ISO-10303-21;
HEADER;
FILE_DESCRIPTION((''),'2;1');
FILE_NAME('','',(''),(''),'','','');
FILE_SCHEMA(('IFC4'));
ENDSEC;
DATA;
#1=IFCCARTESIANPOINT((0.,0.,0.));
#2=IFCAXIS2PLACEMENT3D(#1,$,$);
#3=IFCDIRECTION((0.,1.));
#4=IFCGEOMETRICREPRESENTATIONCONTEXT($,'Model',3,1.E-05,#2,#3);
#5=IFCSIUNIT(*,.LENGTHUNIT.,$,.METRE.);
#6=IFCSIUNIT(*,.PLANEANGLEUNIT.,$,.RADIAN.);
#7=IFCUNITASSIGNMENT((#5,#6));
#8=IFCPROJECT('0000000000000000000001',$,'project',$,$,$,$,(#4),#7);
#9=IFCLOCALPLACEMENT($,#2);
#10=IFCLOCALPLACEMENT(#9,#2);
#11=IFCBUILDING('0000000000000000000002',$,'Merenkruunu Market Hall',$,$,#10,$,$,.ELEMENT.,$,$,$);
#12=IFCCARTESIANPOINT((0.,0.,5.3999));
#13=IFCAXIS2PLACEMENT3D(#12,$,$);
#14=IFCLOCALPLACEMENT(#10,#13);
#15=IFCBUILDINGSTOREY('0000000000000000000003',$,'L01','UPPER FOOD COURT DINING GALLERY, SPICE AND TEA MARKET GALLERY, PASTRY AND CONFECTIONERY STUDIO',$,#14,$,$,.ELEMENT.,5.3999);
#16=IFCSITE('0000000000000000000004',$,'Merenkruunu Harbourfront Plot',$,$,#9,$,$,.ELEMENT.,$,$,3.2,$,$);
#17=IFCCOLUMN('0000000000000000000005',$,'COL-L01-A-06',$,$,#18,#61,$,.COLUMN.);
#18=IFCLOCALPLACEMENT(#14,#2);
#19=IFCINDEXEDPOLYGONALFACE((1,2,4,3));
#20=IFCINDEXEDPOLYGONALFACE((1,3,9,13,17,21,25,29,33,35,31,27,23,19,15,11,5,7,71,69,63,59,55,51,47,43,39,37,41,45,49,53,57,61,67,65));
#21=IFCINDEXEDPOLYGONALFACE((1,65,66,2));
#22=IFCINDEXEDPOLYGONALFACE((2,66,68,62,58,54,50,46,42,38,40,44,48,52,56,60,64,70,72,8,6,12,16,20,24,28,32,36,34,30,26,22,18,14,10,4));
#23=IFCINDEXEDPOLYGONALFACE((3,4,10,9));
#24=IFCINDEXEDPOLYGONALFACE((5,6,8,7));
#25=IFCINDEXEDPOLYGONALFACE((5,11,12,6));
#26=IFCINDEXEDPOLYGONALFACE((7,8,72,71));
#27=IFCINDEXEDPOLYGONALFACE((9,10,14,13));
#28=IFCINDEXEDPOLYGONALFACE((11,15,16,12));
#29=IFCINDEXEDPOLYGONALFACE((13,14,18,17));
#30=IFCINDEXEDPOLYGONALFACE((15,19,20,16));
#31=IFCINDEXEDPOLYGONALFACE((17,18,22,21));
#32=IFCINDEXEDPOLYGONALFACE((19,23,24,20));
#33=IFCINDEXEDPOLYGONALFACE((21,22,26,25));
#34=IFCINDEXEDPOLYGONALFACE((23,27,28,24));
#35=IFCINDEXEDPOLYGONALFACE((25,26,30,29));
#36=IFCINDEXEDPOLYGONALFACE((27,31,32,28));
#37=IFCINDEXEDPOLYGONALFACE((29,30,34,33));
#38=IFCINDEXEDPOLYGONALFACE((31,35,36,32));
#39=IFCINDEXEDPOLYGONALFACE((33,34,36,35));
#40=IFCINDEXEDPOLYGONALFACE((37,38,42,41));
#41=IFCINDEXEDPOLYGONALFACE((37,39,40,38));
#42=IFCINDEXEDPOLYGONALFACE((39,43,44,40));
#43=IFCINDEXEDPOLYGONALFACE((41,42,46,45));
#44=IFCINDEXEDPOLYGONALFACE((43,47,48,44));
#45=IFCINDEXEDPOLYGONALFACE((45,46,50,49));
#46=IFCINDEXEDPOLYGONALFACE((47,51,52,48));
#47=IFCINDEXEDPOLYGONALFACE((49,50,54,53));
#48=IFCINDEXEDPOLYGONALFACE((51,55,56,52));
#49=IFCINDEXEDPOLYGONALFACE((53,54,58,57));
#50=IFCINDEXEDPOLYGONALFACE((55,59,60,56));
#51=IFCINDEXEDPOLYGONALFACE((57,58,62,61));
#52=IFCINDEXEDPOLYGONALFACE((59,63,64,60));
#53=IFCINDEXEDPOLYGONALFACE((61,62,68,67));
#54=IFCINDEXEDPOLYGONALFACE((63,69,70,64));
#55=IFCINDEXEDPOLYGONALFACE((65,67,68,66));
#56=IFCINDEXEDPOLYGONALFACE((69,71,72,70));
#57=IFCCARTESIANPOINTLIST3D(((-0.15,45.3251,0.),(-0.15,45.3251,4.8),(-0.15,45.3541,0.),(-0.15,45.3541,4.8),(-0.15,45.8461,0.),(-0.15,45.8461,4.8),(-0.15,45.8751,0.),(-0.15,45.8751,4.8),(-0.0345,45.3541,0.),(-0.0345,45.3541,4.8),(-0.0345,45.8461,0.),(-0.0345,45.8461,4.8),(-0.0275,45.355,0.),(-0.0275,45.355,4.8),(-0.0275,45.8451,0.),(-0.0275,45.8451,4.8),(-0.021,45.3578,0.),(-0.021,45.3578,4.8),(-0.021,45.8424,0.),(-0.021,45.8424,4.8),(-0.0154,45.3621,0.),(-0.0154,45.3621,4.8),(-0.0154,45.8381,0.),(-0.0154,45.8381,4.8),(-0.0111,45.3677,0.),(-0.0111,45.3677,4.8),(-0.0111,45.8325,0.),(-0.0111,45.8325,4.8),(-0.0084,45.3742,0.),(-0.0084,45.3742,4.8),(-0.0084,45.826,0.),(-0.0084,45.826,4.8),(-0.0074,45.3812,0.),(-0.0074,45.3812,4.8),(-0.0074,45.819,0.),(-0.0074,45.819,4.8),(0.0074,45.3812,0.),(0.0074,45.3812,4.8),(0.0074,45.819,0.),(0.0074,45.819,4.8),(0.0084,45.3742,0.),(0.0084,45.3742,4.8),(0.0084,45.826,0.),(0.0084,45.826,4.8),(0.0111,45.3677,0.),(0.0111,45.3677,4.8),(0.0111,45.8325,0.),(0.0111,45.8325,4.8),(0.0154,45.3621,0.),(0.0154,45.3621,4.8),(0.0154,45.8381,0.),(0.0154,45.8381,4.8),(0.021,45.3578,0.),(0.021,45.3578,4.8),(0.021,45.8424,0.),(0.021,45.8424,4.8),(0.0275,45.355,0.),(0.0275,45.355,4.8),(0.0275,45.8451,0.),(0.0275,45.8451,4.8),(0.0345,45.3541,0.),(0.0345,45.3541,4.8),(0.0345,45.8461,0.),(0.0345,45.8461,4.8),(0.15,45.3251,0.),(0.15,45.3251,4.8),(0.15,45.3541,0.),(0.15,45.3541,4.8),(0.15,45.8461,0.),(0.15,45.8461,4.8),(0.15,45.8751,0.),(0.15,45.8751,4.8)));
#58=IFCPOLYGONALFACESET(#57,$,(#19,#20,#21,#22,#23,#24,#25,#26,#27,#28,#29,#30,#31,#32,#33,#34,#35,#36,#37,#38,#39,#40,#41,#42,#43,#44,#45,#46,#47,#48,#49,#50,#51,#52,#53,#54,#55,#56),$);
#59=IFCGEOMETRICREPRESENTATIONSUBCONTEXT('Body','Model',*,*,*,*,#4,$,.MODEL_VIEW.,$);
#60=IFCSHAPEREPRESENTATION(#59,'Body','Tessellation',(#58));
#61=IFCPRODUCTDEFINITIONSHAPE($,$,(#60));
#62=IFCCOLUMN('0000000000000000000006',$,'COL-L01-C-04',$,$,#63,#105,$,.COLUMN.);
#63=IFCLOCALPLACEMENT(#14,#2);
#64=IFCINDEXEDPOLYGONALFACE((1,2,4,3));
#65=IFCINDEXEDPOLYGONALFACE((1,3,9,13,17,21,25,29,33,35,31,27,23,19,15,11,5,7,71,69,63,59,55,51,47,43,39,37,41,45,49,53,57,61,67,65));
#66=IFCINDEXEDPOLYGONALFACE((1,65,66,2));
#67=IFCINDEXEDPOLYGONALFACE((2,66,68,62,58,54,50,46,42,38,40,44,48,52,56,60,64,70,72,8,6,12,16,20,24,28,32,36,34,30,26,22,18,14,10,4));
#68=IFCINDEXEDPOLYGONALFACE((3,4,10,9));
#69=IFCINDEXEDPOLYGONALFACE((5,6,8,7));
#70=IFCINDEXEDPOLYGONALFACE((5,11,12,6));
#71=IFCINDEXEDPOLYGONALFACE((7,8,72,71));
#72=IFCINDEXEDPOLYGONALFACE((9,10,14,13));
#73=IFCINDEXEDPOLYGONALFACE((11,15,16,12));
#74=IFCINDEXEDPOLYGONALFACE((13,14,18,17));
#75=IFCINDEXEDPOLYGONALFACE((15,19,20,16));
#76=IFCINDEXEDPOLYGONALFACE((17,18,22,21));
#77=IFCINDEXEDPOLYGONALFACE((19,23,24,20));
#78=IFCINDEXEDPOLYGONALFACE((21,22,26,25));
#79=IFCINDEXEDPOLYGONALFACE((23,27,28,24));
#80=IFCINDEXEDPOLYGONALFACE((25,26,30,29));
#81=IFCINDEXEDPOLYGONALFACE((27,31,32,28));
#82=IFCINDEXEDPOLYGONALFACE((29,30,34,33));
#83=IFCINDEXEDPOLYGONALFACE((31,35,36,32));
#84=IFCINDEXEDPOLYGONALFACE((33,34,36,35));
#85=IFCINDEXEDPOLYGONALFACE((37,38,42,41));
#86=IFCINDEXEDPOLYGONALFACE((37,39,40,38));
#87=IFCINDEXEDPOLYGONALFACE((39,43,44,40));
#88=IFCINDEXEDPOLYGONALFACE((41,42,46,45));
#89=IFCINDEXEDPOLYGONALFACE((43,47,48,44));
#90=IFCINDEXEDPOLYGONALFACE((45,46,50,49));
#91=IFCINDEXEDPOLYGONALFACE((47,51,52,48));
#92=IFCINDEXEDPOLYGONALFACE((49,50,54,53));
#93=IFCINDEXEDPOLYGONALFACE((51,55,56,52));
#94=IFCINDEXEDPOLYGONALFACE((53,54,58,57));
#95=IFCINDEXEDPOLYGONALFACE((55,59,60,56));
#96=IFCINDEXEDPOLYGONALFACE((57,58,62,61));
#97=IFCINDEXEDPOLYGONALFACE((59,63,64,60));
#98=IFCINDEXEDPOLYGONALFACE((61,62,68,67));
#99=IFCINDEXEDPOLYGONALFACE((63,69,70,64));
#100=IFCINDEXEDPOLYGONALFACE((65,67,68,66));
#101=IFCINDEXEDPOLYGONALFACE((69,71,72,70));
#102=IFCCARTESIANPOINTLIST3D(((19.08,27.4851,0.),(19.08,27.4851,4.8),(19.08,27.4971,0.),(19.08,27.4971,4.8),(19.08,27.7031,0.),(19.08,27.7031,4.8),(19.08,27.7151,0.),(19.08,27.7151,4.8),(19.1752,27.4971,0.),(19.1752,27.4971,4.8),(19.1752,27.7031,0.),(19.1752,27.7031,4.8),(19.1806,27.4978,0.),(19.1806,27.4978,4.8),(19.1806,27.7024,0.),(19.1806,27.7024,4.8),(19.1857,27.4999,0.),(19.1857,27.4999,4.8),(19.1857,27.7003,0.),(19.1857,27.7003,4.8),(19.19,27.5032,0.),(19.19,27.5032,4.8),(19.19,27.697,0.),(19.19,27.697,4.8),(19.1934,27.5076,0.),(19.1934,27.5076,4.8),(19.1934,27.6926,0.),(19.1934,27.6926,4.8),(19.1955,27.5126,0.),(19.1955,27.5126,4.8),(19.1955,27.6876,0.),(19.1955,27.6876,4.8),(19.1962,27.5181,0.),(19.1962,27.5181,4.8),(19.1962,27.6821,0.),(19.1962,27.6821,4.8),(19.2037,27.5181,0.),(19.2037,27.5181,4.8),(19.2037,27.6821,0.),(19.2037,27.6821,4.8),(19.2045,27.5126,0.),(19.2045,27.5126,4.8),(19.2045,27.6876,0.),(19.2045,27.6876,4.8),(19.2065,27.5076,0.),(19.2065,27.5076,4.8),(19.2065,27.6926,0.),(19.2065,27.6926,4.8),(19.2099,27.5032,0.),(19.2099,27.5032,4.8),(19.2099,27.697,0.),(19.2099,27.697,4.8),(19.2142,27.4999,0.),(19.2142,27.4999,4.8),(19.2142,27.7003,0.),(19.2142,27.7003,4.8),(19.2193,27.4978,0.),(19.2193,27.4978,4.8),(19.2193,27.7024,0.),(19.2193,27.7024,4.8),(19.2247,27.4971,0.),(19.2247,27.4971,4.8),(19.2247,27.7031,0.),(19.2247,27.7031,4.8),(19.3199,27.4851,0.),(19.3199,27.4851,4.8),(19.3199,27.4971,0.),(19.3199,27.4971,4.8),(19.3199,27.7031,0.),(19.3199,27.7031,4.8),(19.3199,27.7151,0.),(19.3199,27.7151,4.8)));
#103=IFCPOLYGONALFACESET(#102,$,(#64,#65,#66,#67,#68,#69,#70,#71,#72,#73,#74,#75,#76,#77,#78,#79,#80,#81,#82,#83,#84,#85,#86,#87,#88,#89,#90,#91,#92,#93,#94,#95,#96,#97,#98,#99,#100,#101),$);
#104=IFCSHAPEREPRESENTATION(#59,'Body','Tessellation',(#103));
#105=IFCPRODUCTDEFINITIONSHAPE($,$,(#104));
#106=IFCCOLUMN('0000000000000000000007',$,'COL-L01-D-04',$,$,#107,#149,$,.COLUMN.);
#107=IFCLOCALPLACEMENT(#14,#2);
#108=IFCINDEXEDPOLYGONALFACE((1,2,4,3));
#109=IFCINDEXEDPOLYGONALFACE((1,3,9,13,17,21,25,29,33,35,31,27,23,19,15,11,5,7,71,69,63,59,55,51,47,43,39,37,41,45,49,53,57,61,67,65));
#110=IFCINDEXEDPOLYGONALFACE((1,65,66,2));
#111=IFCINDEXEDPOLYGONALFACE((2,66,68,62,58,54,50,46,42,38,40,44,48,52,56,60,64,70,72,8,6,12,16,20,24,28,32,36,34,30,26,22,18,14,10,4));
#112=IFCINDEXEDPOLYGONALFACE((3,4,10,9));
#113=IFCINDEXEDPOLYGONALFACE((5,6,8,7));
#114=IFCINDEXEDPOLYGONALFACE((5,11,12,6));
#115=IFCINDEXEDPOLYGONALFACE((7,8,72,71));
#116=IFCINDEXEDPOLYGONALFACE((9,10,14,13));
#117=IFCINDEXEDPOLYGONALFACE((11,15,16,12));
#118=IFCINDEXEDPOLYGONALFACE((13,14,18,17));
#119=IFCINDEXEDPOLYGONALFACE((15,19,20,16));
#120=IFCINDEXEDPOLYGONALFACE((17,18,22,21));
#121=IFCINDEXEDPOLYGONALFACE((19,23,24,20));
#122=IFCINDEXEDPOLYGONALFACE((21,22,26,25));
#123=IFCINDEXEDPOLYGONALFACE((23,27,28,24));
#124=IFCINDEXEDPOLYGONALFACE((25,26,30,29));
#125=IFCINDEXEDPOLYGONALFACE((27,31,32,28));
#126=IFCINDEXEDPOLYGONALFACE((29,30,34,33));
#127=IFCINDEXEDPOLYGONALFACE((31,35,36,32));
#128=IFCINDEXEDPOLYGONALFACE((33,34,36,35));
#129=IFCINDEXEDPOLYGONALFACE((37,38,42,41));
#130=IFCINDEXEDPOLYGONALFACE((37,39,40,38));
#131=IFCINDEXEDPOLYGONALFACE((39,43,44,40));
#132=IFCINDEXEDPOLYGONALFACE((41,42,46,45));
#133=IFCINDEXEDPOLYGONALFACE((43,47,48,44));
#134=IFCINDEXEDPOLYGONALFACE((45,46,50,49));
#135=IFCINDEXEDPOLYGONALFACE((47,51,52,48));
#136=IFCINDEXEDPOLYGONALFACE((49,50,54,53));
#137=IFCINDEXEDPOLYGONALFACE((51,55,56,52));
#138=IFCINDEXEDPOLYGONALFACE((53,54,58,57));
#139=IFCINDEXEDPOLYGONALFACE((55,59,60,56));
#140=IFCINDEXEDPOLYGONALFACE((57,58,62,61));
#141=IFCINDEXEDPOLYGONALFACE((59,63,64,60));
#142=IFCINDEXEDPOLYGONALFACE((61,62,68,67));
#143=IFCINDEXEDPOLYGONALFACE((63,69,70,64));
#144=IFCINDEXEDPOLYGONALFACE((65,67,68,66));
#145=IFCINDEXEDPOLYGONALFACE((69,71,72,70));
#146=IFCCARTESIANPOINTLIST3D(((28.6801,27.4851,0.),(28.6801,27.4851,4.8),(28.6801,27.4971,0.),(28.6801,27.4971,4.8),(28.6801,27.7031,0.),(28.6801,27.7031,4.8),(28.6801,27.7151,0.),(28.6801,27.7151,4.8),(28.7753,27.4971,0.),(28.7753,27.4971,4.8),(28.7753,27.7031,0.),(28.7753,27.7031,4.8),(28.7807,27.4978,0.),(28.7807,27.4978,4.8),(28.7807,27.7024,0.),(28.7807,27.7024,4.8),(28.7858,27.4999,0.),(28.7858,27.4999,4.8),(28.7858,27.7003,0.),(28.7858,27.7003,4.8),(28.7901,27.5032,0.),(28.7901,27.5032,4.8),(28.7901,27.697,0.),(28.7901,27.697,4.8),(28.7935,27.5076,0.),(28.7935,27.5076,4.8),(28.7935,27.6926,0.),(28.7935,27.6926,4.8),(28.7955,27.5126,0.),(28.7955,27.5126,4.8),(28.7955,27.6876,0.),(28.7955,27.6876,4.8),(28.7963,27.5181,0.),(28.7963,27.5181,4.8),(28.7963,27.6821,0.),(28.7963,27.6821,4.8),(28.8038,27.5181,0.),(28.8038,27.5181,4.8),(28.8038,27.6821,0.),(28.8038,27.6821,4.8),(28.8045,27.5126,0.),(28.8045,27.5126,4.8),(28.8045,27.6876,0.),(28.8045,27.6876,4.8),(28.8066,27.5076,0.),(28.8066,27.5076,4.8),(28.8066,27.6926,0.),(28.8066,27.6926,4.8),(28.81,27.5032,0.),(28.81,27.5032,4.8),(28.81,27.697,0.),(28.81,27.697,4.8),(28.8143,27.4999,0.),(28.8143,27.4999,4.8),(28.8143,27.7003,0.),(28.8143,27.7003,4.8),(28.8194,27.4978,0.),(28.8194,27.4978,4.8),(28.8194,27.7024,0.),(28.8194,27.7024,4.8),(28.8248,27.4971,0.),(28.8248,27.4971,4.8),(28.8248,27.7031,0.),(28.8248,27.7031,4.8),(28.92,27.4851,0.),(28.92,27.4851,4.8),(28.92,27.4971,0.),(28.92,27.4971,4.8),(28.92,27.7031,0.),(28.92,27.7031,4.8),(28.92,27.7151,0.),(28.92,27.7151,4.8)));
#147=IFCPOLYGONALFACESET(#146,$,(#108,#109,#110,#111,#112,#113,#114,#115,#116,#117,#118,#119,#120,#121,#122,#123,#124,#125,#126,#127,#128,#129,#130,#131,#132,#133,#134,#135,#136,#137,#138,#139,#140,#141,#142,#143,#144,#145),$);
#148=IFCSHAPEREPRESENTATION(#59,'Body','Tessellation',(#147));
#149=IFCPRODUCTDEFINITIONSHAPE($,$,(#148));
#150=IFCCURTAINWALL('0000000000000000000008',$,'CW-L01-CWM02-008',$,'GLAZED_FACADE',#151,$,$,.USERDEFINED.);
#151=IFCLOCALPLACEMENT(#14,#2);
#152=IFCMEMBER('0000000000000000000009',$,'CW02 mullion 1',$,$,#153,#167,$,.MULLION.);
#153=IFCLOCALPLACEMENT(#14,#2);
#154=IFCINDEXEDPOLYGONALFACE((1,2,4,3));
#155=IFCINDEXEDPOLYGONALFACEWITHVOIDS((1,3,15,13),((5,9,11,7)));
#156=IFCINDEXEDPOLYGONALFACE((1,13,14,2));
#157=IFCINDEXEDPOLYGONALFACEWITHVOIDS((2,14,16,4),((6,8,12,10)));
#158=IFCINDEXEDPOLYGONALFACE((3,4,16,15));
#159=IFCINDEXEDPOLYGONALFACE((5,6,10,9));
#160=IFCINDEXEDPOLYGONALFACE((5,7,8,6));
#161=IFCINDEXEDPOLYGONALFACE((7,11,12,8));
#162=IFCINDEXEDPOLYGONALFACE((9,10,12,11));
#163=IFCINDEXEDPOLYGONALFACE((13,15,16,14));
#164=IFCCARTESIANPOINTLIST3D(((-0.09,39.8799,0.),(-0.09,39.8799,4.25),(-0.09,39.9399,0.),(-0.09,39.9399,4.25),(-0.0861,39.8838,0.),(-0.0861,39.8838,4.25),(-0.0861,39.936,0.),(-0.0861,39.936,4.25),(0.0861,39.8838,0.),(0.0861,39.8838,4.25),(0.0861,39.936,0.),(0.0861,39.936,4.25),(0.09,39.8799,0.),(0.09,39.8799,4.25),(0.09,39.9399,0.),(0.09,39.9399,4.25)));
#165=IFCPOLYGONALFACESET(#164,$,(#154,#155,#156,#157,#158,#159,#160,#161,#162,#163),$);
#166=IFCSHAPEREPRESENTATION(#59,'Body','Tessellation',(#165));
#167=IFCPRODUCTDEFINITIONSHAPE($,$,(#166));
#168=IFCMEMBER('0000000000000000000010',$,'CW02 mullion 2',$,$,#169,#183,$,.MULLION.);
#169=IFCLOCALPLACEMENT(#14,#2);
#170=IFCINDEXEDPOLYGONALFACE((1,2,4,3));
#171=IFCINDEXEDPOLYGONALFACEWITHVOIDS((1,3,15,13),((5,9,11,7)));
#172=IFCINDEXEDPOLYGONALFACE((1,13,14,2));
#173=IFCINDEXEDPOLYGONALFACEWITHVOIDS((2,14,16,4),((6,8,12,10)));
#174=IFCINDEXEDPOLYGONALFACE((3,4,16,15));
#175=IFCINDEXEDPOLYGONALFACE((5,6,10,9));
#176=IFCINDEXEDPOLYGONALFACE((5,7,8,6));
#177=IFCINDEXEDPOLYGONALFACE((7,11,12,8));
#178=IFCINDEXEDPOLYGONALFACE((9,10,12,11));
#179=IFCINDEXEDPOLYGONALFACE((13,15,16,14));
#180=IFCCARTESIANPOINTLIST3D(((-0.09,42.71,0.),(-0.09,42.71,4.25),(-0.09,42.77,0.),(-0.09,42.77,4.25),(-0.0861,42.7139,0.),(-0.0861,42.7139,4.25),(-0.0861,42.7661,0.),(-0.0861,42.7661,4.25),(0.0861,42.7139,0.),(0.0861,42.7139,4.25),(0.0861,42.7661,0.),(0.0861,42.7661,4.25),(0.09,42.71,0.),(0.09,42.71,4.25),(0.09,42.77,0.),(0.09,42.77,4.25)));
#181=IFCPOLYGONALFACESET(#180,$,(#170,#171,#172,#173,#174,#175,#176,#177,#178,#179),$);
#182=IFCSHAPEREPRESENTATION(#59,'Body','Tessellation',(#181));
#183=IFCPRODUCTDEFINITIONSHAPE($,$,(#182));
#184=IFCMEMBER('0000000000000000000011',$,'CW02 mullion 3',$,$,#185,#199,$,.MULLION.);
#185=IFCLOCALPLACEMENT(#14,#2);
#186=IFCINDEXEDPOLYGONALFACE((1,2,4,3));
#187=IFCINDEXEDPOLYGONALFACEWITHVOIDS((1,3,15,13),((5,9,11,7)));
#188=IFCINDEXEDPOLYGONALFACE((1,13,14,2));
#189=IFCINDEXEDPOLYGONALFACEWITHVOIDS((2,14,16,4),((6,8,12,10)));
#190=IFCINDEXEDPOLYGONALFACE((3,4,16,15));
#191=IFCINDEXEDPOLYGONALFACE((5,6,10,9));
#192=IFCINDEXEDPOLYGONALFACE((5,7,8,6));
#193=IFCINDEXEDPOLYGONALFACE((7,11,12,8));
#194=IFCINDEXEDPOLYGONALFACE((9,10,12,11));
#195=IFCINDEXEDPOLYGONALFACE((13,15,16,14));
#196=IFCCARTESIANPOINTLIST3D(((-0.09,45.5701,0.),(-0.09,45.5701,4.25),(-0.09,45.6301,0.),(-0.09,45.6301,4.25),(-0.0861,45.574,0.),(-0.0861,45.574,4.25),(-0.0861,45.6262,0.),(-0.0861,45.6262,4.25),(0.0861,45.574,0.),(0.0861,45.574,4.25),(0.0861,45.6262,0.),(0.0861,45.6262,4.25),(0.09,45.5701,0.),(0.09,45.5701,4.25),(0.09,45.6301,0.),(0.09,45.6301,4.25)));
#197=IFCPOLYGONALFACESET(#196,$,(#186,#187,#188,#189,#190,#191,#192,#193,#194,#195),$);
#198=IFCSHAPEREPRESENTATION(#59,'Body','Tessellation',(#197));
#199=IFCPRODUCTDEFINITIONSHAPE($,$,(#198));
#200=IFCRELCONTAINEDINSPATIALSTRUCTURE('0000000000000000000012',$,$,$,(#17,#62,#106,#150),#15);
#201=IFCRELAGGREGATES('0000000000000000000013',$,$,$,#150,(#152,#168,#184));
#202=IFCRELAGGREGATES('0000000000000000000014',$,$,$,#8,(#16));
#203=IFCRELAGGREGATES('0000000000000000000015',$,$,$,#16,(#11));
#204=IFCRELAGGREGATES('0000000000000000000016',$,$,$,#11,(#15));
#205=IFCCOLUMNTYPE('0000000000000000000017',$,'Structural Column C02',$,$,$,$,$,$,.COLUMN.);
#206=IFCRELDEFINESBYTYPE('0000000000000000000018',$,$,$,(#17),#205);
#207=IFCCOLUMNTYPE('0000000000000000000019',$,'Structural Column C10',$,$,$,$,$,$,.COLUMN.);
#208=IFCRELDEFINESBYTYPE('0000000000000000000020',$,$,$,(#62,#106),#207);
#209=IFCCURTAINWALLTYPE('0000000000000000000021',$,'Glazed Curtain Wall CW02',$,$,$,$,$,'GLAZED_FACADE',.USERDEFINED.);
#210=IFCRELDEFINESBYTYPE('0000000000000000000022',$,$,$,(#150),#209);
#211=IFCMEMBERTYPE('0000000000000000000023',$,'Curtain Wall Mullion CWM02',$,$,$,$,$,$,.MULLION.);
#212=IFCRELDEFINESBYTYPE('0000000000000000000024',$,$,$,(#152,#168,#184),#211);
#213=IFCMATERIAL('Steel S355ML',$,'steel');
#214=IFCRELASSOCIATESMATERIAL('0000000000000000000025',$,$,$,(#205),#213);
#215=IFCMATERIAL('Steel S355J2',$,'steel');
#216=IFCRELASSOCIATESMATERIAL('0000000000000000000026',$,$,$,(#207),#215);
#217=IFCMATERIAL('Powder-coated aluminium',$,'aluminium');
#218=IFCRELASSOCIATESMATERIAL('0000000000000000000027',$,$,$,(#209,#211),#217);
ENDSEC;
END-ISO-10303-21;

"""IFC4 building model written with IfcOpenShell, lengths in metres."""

from ifc_helpers import new_model, si_unit, direction, frame, origin, origin_2d, place, context, subcontext, project, spatial, hollow_rectangle, i_section, extrude, material, material_profile, profile_set, type_object, element, aggregate, save


model = new_model("IFC4")

# Units and contexts
model_context = context("Model", 3, precision=1e-05, world=origin(), true_north=direction((0.0, 1.0)))
body_context = subcontext(model_context, "Body", "Model", "MODEL_VIEW")
ifc_project = project(units=[si_unit("LENGTHUNIT", "METRE"), si_unit("PLANEANGLEUNIT", "RADIAN")], contexts=[model_context])

# Site, building, storey
site_placement = place(None, origin())
site = spatial("IfcSite", under=ifc_project, at=site_placement, Name="Merenkruunu Harbourfront Plot", CompositionType="ELEMENT", RefElevation=3.2)
building_placement = place(site_placement, origin())
building = spatial("IfcBuilding", under=site, at=building_placement, Name="Merenkruunu Market Hall", CompositionType="ELEMENT")
storey_placement = place(building_placement, frame((0.0, 0.0, 5.3999)))
storey = spatial("IfcBuildingStorey", under=building, at=storey_placement, Name="L01", Description="UPPER FOOD COURT DINING GALLERY, SPICE AND TEA MARKET GALLERY, PASTRY AND CONFECTIONERY STUDIO", CompositionType="ELEMENT", Elevation=5.3999)

# Columns
ifc_material_1 = material(Name="Steel S355ML", Category="steel")
ifc_material_profile_1 = material_profile(ifc_material_1, i_section(OverallWidth=0.3, OverallDepth=0.55, WebThickness=0.0149, FlangeThickness=0.0291, FilletRadius=0.0271, at=origin_2d()), Name="HEB 550")
ifc_profile_set_1 = profile_set([ifc_material_profile_1], Name="Steel S355ML")
column_type_1 = type_object("IfcColumnType", Name="Structural Column C02", PredefinedType="COLUMN", material=ifc_profile_set_1)
column_placement = place(storey_placement, frame((0.0, 45.6001, 0.0), z_axis=(0.0, 0.0, 1.0), x_axis=(1.0, 0.0, 0.0)))
element("IfcColumn", 1, at=column_placement, inside=storey, type_object=column_type_1, Name="COL-L01-A-06", PredefinedType="COLUMN", context=body_context, shape_type="SweptSolid", body=[
    extrude(i_section(OverallWidth=0.3, OverallDepth=0.55, WebThickness=0.0149, FlangeThickness=0.0291, FilletRadius=0.0271, at=origin_2d()), origin(), (0.0, 0.0, 1.0), 4.8),
])
ifc_material_2 = material(Name="Steel S355J2", Category="steel")
ifc_material_profile_2 = material_profile(ifc_material_2, i_section(OverallWidth=0.24, OverallDepth=0.23, WebThickness=0.0076, FlangeThickness=0.012, FilletRadius=0.021, at=origin_2d()), Name="HEA 240")
ifc_profile_set_2 = profile_set([ifc_material_profile_2], Name="Steel S355J2")
column_type_2 = type_object("IfcColumnType", Name="Structural Column C10", PredefinedType="COLUMN", material=ifc_profile_set_2)
for number, where, z_axis, x_axis, name in (
    (2, (19.2, 27.6001, 0.0), (0.0, 0.0, 1.0), (1.0, 0.0, 0.0), "COL-L01-C-04"),
    (3, (28.8, 27.6001, 0.0), (0.0, 0.0, 1.0), (1.0, 0.0, 0.0), "COL-L01-D-04"),
):
    element("IfcColumn", number, at=place(storey_placement, frame(where, z_axis=z_axis, x_axis=x_axis)), inside=storey, type_object=column_type_2, Name=name, PredefinedType="COLUMN", context=body_context, shape_type="SweptSolid", body=[
        extrude(i_section(OverallWidth=0.24, OverallDepth=0.23, WebThickness=0.0076, FlangeThickness=0.012, FilletRadius=0.021, at=origin_2d()), origin(), (0.0, 0.0, 1.0), 4.8),
    ])

# Curtain wall, members
ifc_material_3 = material(Name="Powder-coated aluminium", Category="aluminium")
curtain_wall_type = type_object("IfcCurtainWallType", Name="Glazed Curtain Wall CW02", ElementType="GLAZED_FACADE", PredefinedType="USERDEFINED", material=ifc_material_3)
curtain_wall_placement = place(storey_placement, origin())
curtain_wall = element("IfcCurtainWall", 4, at=curtain_wall_placement, inside=storey, type_object=curtain_wall_type, Name="CW-L01-CWM02-008", ObjectType="GLAZED_FACADE", PredefinedType="USERDEFINED")
ifc_material_profile_3 = material_profile(ifc_material_3, hollow_rectangle(XDim=0.0601, YDim=0.1799, WallThickness=0.0039, at=origin_2d()), Name="ALU 60x180x4")
ifc_profile_set_3 = profile_set([ifc_material_profile_3], Name="Powder-coated aluminium")
member_type_1 = type_object("IfcMemberType", Name="Curtain Wall Mullion CWM02", PredefinedType="MULLION", material=ifc_profile_set_3)
member_1_placement = place(storey_placement, frame((0.0, 39.9099, 0.0), z_axis=(0.0, 0.0, 1.0), x_axis=(0.0, 1.0, 0.0)))
member_1 = element("IfcMember", 5, at=member_1_placement, type_object=member_type_1, Name="CW02 mullion 1", PredefinedType="MULLION", context=body_context, shape_type="SweptSolid", body=[
    extrude(hollow_rectangle(XDim=0.0601, YDim=0.1799, WallThickness=0.0039, at=origin_2d()), origin(), (0.0, 0.0, 1.0), 4.25),
])
member_2_placement = place(storey_placement, frame((0.0, 42.74, 0.0), z_axis=(0.0, 0.0, 1.0), x_axis=(0.0, 1.0, 0.0)))
member_2 = element("IfcMember", 6, at=member_2_placement, type_object=member_type_1, Name="CW02 mullion 2", PredefinedType="MULLION", context=body_context, shape_type="SweptSolid", body=[
    extrude(hollow_rectangle(XDim=0.0601, YDim=0.1799, WallThickness=0.0039, at=origin_2d()), origin(), (0.0, 0.0, 1.0), 4.25),
])
member_3_placement = place(storey_placement, frame((0.0, 45.6001, 0.0), z_axis=(0.0, 0.0, 1.0), x_axis=(0.0, 1.0, 0.0)))
member_3 = element("IfcMember", 7, at=member_3_placement, type_object=member_type_1, Name="CW02 mullion 3", PredefinedType="MULLION", context=body_context, shape_type="SweptSolid", body=[
    extrude(hollow_rectangle(XDim=0.0601, YDim=0.1799, WallThickness=0.0039, at=origin_2d()), origin(), (0.0, 0.0, 1.0), 4.25),
])

aggregate(curtain_wall, [member_1, member_2, member_3])

save(model, "model.ifc")
